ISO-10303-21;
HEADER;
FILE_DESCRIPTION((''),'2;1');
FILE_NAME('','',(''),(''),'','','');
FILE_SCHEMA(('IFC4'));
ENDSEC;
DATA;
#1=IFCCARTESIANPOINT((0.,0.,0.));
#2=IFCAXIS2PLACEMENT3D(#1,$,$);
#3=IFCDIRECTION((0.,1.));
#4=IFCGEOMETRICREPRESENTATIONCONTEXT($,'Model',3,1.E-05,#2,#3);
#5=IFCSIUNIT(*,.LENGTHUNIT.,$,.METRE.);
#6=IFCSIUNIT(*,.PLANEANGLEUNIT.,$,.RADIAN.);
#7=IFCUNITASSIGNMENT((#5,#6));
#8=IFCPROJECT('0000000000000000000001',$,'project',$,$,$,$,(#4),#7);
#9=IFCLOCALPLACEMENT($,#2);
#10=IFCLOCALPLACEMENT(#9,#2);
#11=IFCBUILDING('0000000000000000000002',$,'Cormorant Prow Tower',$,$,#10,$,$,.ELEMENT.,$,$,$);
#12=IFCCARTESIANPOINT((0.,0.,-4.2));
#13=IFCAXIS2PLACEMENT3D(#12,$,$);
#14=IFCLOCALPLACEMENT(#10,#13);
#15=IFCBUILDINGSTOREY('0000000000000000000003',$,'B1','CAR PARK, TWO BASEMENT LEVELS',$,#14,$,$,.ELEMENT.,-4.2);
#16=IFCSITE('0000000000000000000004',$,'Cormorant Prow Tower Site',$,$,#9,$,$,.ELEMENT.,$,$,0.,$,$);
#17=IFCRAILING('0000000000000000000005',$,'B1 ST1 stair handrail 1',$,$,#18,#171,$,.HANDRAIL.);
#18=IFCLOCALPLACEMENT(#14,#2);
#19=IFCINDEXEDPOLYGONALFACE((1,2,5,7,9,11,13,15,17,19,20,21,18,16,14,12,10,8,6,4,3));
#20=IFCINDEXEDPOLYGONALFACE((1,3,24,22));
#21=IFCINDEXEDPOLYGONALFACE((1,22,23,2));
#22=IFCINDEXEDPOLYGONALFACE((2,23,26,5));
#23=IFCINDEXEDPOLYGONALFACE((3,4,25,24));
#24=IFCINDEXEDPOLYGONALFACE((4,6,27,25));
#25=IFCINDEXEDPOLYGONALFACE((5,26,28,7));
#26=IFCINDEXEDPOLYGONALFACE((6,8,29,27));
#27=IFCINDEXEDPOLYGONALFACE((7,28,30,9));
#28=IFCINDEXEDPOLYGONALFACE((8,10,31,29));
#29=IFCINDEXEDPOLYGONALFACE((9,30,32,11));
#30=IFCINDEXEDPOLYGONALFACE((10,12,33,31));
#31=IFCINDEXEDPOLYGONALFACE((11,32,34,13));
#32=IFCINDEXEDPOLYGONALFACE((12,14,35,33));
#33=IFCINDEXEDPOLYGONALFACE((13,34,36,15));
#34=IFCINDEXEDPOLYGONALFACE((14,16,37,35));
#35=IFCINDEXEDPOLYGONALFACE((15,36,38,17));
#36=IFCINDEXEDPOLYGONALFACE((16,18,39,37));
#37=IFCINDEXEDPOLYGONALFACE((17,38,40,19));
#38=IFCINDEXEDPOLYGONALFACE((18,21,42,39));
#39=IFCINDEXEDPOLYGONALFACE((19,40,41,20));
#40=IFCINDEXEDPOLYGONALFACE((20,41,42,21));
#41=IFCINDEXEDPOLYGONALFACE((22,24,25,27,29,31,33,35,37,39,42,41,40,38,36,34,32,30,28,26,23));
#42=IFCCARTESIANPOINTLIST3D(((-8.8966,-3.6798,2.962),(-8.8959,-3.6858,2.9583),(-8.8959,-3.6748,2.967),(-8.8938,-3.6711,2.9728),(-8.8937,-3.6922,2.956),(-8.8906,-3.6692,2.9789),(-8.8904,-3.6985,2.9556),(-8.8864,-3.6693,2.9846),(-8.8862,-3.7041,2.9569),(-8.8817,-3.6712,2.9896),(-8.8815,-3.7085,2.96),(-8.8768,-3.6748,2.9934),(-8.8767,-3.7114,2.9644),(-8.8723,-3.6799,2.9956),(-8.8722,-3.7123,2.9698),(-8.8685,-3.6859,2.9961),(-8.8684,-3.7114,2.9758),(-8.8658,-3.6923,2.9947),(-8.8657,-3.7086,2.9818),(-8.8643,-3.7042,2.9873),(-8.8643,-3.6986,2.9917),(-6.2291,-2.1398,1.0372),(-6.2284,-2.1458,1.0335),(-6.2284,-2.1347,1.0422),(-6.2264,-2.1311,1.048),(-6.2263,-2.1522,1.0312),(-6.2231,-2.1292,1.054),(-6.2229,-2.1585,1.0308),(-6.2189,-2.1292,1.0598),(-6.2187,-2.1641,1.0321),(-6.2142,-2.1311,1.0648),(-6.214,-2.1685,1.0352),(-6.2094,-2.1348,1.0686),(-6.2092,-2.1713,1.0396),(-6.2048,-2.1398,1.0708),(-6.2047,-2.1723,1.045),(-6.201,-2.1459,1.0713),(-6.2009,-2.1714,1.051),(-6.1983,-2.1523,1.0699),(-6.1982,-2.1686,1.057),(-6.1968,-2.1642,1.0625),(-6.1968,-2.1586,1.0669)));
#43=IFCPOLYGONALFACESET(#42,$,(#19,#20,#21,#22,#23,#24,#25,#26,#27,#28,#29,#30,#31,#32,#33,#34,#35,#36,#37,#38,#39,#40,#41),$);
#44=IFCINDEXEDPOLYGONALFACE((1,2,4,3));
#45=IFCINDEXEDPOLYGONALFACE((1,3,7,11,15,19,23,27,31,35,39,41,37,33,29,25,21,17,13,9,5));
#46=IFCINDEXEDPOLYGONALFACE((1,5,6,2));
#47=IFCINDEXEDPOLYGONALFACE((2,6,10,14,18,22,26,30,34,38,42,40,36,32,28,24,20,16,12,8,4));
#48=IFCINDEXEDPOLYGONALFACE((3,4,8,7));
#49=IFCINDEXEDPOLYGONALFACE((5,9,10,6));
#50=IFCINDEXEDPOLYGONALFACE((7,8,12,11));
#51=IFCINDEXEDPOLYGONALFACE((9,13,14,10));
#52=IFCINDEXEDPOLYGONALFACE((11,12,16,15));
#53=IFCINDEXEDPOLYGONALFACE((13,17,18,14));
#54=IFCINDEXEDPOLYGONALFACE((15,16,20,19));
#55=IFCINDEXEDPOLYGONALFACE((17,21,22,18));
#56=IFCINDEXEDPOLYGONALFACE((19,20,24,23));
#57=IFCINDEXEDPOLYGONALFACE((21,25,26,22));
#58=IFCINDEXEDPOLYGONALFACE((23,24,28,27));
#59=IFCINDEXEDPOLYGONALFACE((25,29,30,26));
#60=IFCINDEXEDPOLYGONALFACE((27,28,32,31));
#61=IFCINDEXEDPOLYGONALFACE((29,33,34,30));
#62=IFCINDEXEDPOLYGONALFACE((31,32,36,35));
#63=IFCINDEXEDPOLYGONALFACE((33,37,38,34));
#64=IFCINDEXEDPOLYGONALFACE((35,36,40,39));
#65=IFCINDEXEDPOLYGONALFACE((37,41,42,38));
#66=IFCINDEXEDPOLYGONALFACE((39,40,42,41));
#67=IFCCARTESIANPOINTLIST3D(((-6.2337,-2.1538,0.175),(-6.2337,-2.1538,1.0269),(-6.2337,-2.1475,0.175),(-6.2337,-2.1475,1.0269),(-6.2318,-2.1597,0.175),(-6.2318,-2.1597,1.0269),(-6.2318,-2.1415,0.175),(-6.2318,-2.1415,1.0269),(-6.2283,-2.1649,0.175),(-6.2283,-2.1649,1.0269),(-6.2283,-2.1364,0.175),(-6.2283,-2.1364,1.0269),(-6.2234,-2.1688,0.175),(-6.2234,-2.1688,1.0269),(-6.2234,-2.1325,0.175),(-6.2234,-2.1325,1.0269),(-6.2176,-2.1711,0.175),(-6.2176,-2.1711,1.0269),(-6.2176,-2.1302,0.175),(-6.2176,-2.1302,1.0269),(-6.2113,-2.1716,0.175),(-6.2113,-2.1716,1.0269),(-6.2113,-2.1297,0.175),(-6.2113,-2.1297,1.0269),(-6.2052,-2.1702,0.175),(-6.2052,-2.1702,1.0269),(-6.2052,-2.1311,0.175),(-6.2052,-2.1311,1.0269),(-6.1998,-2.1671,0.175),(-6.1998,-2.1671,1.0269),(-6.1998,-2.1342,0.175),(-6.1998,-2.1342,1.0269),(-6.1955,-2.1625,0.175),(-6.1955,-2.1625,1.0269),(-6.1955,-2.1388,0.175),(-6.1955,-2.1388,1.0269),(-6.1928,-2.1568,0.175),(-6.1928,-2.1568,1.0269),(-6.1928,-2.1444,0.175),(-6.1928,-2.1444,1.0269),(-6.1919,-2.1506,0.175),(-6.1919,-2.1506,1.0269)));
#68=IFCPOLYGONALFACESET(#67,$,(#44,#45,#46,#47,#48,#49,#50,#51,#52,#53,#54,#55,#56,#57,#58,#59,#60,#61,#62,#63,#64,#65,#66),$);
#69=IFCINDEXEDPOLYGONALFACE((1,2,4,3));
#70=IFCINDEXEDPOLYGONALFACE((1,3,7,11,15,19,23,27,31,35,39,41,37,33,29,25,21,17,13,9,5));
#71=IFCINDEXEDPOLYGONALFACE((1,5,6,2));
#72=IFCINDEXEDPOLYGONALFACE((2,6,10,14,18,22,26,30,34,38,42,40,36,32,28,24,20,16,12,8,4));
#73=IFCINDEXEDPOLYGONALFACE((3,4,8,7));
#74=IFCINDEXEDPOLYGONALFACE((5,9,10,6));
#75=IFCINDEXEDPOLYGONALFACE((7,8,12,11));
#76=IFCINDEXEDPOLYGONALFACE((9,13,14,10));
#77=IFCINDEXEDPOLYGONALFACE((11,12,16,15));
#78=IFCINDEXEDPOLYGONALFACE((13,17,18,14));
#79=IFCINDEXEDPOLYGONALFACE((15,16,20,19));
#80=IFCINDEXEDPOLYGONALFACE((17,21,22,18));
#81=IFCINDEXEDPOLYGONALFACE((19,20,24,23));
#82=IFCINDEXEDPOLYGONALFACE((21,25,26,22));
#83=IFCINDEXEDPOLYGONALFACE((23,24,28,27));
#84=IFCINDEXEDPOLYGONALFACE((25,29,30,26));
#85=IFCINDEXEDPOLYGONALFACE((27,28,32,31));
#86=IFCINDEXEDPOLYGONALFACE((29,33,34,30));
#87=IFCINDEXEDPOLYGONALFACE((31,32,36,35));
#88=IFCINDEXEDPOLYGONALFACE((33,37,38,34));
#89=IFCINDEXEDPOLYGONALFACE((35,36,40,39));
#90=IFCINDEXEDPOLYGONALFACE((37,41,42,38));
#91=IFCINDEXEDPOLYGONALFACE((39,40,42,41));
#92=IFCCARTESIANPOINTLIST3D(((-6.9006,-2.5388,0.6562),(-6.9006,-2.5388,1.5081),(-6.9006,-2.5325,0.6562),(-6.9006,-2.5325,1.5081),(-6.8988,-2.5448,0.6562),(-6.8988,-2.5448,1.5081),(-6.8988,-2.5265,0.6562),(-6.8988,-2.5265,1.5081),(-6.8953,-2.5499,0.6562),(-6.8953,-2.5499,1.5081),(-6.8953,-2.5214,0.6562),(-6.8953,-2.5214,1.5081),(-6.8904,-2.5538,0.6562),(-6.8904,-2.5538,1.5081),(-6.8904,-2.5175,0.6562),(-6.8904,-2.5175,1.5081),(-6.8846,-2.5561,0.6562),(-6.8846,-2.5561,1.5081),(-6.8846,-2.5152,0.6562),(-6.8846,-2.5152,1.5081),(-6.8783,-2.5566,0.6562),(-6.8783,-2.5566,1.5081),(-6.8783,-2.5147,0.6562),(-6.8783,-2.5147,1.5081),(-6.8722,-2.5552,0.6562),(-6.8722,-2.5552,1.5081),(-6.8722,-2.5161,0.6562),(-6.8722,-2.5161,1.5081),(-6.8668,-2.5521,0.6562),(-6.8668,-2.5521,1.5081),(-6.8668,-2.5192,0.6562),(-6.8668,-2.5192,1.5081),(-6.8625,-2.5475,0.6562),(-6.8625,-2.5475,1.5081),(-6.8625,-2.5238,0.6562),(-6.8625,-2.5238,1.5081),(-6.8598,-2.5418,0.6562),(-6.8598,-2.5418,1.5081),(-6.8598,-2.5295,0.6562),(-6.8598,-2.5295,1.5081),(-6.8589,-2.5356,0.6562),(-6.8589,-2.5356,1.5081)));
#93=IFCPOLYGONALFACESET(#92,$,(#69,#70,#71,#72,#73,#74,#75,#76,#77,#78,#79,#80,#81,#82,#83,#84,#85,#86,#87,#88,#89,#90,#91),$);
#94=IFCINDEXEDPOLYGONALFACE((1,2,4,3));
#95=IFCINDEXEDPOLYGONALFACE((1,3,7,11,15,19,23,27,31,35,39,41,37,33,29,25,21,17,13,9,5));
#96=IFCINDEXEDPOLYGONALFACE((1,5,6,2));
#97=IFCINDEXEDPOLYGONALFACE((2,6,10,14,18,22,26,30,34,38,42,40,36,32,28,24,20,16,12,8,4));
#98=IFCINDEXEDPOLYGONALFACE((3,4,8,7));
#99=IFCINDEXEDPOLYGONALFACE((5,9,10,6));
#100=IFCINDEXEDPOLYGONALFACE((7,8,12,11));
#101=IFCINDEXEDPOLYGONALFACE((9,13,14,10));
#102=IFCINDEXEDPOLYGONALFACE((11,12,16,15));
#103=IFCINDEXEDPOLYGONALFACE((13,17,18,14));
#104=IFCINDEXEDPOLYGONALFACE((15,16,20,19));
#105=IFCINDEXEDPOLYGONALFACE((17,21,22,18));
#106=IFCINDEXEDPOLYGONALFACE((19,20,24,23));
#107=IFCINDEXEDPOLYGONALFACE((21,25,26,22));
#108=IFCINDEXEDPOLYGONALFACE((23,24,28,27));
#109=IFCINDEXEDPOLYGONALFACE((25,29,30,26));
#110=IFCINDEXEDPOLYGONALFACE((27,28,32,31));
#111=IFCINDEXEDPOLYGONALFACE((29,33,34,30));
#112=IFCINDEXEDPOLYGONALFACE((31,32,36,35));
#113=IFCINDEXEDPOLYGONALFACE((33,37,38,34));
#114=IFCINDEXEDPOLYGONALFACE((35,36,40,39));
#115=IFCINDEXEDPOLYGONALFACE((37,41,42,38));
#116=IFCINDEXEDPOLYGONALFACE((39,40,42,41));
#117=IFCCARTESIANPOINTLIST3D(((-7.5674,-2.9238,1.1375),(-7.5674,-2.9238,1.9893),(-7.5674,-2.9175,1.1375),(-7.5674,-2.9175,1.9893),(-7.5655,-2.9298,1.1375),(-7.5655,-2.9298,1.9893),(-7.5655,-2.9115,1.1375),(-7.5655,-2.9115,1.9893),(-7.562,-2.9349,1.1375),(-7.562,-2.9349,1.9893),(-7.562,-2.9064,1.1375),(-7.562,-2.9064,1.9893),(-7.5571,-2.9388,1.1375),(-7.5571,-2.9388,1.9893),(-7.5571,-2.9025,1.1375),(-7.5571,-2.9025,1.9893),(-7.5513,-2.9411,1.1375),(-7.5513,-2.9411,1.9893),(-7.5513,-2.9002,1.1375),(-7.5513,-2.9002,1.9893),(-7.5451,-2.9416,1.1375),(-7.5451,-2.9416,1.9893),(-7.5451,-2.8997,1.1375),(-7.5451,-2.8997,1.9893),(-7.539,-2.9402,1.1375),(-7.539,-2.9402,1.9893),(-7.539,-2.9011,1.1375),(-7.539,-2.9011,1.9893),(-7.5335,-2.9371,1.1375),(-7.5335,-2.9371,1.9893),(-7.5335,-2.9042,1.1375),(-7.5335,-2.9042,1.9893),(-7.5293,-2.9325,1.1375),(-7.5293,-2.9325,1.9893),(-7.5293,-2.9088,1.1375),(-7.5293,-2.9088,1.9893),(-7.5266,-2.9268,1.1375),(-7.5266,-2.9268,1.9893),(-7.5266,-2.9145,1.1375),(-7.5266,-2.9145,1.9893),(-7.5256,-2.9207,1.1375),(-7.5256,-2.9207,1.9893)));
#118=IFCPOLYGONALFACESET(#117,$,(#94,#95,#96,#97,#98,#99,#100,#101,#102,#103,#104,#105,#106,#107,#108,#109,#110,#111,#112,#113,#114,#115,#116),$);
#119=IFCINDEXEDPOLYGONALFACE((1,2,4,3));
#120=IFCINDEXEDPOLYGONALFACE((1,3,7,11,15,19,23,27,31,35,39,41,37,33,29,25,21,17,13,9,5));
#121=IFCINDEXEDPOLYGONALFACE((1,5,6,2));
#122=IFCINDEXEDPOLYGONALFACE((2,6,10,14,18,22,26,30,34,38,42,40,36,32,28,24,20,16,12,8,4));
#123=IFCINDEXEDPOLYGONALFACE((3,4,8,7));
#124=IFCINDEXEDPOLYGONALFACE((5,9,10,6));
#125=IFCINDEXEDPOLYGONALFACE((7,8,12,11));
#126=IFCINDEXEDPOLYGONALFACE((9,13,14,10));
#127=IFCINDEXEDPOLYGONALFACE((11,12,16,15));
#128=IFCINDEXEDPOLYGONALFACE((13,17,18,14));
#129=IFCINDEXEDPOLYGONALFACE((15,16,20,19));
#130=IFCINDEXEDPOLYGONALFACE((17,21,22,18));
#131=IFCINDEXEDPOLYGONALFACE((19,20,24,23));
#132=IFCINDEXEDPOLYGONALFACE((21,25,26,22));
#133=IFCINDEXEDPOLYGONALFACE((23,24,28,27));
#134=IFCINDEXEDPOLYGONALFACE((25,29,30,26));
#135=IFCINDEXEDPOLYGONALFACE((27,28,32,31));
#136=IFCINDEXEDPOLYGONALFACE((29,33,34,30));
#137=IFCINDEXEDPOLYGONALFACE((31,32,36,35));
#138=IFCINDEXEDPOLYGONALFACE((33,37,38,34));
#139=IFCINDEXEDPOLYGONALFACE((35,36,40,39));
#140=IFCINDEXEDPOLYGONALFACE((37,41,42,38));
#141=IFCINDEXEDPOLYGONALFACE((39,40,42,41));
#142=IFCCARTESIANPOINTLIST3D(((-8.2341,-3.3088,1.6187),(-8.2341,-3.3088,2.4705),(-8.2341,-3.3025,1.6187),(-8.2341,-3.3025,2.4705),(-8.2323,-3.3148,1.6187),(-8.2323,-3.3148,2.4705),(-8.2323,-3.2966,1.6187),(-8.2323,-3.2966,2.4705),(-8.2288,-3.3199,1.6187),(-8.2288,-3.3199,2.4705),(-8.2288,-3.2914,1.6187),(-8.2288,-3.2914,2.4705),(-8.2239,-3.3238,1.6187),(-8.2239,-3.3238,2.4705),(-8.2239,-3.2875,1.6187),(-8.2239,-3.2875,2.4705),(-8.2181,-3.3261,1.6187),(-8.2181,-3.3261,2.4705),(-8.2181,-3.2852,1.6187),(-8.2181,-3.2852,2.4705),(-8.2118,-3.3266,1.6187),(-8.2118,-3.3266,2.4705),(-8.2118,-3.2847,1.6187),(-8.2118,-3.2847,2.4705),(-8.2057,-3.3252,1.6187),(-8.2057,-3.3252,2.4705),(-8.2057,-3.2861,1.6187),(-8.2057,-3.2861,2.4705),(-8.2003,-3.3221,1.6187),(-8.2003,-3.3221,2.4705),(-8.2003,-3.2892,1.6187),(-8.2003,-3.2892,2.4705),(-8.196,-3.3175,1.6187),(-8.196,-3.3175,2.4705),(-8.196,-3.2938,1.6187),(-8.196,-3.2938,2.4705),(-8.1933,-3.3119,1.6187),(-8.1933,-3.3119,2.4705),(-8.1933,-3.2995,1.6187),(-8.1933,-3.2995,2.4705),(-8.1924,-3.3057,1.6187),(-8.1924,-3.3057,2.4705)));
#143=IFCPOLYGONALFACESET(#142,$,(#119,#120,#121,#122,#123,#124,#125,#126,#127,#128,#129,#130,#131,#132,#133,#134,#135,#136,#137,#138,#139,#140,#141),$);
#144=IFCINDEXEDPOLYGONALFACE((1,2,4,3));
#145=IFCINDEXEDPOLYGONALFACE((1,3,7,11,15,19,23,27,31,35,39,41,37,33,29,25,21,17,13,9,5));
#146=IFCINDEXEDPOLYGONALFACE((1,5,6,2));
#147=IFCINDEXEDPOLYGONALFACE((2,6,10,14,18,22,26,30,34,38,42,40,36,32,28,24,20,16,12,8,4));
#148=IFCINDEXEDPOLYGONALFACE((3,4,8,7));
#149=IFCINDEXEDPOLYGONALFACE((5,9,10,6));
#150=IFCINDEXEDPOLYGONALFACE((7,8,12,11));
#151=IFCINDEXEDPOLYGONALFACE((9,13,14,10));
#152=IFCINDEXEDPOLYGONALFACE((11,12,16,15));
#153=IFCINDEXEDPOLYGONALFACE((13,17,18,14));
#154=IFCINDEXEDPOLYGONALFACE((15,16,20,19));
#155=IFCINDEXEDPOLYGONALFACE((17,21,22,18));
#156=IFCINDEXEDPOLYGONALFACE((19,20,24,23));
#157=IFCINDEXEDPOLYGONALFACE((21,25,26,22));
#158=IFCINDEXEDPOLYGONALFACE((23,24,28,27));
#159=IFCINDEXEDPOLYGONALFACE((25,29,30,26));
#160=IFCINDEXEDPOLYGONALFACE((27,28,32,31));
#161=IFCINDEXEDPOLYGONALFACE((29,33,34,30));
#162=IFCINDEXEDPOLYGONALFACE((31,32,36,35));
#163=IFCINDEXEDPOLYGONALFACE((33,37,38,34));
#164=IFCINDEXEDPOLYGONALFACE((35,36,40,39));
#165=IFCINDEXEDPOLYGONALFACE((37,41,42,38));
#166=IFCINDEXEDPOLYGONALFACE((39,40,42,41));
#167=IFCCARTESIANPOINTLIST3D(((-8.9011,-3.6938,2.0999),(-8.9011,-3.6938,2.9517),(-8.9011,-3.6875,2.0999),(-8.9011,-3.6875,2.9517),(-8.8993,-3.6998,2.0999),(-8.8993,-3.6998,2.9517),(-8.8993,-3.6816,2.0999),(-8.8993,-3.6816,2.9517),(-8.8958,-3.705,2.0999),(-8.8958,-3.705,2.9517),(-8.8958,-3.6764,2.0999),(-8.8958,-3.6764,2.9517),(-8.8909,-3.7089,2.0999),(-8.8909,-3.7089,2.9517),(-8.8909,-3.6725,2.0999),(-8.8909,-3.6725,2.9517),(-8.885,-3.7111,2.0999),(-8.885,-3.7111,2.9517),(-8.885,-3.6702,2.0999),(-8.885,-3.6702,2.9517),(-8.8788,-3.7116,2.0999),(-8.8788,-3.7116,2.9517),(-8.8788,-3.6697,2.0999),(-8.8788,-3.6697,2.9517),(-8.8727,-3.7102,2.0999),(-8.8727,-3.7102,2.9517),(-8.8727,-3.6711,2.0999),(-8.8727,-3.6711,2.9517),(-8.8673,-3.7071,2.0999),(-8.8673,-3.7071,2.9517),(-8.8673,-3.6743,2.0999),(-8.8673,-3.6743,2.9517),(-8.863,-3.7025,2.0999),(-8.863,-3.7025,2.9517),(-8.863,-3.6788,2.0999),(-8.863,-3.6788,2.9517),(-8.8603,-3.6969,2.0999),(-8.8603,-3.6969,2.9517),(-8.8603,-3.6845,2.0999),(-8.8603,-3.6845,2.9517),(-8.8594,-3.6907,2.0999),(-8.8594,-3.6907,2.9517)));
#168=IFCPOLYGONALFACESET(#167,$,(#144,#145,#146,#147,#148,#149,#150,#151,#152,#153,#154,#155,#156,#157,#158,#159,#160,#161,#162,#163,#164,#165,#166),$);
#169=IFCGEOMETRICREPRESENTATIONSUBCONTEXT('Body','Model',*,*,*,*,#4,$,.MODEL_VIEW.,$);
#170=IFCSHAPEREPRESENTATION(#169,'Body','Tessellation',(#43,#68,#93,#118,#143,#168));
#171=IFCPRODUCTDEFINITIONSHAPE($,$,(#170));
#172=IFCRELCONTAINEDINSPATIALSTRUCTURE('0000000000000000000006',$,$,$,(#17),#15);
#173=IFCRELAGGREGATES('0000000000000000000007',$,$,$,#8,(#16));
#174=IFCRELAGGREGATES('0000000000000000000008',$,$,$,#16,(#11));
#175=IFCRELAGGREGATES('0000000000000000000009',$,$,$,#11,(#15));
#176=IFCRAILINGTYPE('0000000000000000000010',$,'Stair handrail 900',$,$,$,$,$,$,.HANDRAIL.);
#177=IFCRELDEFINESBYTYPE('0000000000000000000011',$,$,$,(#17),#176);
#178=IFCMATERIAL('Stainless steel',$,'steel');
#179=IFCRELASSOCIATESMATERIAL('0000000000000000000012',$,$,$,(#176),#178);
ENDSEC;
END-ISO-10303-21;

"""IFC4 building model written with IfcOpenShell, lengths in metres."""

from ifc_helpers import new_model, si_unit, direction, frame, origin, origin_2d, place, context, subcontext, project, spatial, circle, extrude, material, type_object, element, save


model = new_model("IFC4")

# Units and contexts
model_context = context("Model", 3, precision=1e-05, world=origin(), true_north=direction((0.0, 1.0)))
body_context = subcontext(model_context, "Body", "Model", "MODEL_VIEW")
ifc_project = project(units=[si_unit("LENGTHUNIT", "METRE"), si_unit("PLANEANGLEUNIT", "RADIAN")], contexts=[model_context])

# Site, building, storey
site_placement = place(None, origin())
site = spatial("IfcSite", under=ifc_project, at=site_placement, Name="Cormorant Prow Tower Site", CompositionType="ELEMENT", RefElevation=0.0)
building_placement = place(site_placement, origin())
building = spatial("IfcBuilding", under=site, at=building_placement, Name="Cormorant Prow Tower", CompositionType="ELEMENT")
storey_placement = place(building_placement, frame((0.0, 0.0, -4.2)))
storey = spatial("IfcBuildingStorey", under=building, at=storey_placement, Name="B1", Description="CAR PARK, TWO BASEMENT LEVELS", CompositionType="ELEMENT", Elevation=-4.2)

# Railing
ifc_material_1 = material(Name="Stainless steel", Category="steel")
railing_type_1 = type_object("IfcRailingType", Name="Stair handrail 900", PredefinedType="HANDRAIL", material=ifc_material_1)
railing_1_placement = place(storey_placement, frame((-6.2129, -2.1506, 0.175)))
element("IfcRailing", 1, at=railing_1_placement, inside=storey, type_object=railing_type_1, Name="B1 ST1 stair handrail 1", PredefinedType="HANDRAIL", context=body_context, shape_type="SweptSolid", body=[
    extrude(circle(Radius=0.0239, at=origin_2d()), frame((0.0, 0.0, 0.876), z_axis=(-0.734421, -0.42401, 0.529945), x_axis=(0.499992, -0.86603, 0.0)), (0.0, 0.0, 1.0), 3.6321),
    extrude(circle(Radius=0.021, at=origin_2d()), origin(), (0.0, 0.0, 1.0), 0.8518),
    extrude(circle(Radius=0.021, at=origin_2d()), frame((-0.667, -0.385, 0.4812)), (0.0, 0.0, 1.0), 0.8518),
    extrude(circle(Radius=0.021, at=origin_2d()), frame((-1.3337, -0.77, 0.9624)), (0.0, 0.0, 1.0), 0.8518),
    extrude(circle(Radius=0.021, at=origin_2d()), frame((-2.0005, -1.155, 1.4436)), (0.0, 0.0, 1.0), 0.8518),
    extrude(circle(Radius=0.021, at=origin_2d()), frame((-2.6675, -1.54, 1.9248)), (0.0, 0.0, 1.0), 0.8518),
])

save(model, "model.ifc")
